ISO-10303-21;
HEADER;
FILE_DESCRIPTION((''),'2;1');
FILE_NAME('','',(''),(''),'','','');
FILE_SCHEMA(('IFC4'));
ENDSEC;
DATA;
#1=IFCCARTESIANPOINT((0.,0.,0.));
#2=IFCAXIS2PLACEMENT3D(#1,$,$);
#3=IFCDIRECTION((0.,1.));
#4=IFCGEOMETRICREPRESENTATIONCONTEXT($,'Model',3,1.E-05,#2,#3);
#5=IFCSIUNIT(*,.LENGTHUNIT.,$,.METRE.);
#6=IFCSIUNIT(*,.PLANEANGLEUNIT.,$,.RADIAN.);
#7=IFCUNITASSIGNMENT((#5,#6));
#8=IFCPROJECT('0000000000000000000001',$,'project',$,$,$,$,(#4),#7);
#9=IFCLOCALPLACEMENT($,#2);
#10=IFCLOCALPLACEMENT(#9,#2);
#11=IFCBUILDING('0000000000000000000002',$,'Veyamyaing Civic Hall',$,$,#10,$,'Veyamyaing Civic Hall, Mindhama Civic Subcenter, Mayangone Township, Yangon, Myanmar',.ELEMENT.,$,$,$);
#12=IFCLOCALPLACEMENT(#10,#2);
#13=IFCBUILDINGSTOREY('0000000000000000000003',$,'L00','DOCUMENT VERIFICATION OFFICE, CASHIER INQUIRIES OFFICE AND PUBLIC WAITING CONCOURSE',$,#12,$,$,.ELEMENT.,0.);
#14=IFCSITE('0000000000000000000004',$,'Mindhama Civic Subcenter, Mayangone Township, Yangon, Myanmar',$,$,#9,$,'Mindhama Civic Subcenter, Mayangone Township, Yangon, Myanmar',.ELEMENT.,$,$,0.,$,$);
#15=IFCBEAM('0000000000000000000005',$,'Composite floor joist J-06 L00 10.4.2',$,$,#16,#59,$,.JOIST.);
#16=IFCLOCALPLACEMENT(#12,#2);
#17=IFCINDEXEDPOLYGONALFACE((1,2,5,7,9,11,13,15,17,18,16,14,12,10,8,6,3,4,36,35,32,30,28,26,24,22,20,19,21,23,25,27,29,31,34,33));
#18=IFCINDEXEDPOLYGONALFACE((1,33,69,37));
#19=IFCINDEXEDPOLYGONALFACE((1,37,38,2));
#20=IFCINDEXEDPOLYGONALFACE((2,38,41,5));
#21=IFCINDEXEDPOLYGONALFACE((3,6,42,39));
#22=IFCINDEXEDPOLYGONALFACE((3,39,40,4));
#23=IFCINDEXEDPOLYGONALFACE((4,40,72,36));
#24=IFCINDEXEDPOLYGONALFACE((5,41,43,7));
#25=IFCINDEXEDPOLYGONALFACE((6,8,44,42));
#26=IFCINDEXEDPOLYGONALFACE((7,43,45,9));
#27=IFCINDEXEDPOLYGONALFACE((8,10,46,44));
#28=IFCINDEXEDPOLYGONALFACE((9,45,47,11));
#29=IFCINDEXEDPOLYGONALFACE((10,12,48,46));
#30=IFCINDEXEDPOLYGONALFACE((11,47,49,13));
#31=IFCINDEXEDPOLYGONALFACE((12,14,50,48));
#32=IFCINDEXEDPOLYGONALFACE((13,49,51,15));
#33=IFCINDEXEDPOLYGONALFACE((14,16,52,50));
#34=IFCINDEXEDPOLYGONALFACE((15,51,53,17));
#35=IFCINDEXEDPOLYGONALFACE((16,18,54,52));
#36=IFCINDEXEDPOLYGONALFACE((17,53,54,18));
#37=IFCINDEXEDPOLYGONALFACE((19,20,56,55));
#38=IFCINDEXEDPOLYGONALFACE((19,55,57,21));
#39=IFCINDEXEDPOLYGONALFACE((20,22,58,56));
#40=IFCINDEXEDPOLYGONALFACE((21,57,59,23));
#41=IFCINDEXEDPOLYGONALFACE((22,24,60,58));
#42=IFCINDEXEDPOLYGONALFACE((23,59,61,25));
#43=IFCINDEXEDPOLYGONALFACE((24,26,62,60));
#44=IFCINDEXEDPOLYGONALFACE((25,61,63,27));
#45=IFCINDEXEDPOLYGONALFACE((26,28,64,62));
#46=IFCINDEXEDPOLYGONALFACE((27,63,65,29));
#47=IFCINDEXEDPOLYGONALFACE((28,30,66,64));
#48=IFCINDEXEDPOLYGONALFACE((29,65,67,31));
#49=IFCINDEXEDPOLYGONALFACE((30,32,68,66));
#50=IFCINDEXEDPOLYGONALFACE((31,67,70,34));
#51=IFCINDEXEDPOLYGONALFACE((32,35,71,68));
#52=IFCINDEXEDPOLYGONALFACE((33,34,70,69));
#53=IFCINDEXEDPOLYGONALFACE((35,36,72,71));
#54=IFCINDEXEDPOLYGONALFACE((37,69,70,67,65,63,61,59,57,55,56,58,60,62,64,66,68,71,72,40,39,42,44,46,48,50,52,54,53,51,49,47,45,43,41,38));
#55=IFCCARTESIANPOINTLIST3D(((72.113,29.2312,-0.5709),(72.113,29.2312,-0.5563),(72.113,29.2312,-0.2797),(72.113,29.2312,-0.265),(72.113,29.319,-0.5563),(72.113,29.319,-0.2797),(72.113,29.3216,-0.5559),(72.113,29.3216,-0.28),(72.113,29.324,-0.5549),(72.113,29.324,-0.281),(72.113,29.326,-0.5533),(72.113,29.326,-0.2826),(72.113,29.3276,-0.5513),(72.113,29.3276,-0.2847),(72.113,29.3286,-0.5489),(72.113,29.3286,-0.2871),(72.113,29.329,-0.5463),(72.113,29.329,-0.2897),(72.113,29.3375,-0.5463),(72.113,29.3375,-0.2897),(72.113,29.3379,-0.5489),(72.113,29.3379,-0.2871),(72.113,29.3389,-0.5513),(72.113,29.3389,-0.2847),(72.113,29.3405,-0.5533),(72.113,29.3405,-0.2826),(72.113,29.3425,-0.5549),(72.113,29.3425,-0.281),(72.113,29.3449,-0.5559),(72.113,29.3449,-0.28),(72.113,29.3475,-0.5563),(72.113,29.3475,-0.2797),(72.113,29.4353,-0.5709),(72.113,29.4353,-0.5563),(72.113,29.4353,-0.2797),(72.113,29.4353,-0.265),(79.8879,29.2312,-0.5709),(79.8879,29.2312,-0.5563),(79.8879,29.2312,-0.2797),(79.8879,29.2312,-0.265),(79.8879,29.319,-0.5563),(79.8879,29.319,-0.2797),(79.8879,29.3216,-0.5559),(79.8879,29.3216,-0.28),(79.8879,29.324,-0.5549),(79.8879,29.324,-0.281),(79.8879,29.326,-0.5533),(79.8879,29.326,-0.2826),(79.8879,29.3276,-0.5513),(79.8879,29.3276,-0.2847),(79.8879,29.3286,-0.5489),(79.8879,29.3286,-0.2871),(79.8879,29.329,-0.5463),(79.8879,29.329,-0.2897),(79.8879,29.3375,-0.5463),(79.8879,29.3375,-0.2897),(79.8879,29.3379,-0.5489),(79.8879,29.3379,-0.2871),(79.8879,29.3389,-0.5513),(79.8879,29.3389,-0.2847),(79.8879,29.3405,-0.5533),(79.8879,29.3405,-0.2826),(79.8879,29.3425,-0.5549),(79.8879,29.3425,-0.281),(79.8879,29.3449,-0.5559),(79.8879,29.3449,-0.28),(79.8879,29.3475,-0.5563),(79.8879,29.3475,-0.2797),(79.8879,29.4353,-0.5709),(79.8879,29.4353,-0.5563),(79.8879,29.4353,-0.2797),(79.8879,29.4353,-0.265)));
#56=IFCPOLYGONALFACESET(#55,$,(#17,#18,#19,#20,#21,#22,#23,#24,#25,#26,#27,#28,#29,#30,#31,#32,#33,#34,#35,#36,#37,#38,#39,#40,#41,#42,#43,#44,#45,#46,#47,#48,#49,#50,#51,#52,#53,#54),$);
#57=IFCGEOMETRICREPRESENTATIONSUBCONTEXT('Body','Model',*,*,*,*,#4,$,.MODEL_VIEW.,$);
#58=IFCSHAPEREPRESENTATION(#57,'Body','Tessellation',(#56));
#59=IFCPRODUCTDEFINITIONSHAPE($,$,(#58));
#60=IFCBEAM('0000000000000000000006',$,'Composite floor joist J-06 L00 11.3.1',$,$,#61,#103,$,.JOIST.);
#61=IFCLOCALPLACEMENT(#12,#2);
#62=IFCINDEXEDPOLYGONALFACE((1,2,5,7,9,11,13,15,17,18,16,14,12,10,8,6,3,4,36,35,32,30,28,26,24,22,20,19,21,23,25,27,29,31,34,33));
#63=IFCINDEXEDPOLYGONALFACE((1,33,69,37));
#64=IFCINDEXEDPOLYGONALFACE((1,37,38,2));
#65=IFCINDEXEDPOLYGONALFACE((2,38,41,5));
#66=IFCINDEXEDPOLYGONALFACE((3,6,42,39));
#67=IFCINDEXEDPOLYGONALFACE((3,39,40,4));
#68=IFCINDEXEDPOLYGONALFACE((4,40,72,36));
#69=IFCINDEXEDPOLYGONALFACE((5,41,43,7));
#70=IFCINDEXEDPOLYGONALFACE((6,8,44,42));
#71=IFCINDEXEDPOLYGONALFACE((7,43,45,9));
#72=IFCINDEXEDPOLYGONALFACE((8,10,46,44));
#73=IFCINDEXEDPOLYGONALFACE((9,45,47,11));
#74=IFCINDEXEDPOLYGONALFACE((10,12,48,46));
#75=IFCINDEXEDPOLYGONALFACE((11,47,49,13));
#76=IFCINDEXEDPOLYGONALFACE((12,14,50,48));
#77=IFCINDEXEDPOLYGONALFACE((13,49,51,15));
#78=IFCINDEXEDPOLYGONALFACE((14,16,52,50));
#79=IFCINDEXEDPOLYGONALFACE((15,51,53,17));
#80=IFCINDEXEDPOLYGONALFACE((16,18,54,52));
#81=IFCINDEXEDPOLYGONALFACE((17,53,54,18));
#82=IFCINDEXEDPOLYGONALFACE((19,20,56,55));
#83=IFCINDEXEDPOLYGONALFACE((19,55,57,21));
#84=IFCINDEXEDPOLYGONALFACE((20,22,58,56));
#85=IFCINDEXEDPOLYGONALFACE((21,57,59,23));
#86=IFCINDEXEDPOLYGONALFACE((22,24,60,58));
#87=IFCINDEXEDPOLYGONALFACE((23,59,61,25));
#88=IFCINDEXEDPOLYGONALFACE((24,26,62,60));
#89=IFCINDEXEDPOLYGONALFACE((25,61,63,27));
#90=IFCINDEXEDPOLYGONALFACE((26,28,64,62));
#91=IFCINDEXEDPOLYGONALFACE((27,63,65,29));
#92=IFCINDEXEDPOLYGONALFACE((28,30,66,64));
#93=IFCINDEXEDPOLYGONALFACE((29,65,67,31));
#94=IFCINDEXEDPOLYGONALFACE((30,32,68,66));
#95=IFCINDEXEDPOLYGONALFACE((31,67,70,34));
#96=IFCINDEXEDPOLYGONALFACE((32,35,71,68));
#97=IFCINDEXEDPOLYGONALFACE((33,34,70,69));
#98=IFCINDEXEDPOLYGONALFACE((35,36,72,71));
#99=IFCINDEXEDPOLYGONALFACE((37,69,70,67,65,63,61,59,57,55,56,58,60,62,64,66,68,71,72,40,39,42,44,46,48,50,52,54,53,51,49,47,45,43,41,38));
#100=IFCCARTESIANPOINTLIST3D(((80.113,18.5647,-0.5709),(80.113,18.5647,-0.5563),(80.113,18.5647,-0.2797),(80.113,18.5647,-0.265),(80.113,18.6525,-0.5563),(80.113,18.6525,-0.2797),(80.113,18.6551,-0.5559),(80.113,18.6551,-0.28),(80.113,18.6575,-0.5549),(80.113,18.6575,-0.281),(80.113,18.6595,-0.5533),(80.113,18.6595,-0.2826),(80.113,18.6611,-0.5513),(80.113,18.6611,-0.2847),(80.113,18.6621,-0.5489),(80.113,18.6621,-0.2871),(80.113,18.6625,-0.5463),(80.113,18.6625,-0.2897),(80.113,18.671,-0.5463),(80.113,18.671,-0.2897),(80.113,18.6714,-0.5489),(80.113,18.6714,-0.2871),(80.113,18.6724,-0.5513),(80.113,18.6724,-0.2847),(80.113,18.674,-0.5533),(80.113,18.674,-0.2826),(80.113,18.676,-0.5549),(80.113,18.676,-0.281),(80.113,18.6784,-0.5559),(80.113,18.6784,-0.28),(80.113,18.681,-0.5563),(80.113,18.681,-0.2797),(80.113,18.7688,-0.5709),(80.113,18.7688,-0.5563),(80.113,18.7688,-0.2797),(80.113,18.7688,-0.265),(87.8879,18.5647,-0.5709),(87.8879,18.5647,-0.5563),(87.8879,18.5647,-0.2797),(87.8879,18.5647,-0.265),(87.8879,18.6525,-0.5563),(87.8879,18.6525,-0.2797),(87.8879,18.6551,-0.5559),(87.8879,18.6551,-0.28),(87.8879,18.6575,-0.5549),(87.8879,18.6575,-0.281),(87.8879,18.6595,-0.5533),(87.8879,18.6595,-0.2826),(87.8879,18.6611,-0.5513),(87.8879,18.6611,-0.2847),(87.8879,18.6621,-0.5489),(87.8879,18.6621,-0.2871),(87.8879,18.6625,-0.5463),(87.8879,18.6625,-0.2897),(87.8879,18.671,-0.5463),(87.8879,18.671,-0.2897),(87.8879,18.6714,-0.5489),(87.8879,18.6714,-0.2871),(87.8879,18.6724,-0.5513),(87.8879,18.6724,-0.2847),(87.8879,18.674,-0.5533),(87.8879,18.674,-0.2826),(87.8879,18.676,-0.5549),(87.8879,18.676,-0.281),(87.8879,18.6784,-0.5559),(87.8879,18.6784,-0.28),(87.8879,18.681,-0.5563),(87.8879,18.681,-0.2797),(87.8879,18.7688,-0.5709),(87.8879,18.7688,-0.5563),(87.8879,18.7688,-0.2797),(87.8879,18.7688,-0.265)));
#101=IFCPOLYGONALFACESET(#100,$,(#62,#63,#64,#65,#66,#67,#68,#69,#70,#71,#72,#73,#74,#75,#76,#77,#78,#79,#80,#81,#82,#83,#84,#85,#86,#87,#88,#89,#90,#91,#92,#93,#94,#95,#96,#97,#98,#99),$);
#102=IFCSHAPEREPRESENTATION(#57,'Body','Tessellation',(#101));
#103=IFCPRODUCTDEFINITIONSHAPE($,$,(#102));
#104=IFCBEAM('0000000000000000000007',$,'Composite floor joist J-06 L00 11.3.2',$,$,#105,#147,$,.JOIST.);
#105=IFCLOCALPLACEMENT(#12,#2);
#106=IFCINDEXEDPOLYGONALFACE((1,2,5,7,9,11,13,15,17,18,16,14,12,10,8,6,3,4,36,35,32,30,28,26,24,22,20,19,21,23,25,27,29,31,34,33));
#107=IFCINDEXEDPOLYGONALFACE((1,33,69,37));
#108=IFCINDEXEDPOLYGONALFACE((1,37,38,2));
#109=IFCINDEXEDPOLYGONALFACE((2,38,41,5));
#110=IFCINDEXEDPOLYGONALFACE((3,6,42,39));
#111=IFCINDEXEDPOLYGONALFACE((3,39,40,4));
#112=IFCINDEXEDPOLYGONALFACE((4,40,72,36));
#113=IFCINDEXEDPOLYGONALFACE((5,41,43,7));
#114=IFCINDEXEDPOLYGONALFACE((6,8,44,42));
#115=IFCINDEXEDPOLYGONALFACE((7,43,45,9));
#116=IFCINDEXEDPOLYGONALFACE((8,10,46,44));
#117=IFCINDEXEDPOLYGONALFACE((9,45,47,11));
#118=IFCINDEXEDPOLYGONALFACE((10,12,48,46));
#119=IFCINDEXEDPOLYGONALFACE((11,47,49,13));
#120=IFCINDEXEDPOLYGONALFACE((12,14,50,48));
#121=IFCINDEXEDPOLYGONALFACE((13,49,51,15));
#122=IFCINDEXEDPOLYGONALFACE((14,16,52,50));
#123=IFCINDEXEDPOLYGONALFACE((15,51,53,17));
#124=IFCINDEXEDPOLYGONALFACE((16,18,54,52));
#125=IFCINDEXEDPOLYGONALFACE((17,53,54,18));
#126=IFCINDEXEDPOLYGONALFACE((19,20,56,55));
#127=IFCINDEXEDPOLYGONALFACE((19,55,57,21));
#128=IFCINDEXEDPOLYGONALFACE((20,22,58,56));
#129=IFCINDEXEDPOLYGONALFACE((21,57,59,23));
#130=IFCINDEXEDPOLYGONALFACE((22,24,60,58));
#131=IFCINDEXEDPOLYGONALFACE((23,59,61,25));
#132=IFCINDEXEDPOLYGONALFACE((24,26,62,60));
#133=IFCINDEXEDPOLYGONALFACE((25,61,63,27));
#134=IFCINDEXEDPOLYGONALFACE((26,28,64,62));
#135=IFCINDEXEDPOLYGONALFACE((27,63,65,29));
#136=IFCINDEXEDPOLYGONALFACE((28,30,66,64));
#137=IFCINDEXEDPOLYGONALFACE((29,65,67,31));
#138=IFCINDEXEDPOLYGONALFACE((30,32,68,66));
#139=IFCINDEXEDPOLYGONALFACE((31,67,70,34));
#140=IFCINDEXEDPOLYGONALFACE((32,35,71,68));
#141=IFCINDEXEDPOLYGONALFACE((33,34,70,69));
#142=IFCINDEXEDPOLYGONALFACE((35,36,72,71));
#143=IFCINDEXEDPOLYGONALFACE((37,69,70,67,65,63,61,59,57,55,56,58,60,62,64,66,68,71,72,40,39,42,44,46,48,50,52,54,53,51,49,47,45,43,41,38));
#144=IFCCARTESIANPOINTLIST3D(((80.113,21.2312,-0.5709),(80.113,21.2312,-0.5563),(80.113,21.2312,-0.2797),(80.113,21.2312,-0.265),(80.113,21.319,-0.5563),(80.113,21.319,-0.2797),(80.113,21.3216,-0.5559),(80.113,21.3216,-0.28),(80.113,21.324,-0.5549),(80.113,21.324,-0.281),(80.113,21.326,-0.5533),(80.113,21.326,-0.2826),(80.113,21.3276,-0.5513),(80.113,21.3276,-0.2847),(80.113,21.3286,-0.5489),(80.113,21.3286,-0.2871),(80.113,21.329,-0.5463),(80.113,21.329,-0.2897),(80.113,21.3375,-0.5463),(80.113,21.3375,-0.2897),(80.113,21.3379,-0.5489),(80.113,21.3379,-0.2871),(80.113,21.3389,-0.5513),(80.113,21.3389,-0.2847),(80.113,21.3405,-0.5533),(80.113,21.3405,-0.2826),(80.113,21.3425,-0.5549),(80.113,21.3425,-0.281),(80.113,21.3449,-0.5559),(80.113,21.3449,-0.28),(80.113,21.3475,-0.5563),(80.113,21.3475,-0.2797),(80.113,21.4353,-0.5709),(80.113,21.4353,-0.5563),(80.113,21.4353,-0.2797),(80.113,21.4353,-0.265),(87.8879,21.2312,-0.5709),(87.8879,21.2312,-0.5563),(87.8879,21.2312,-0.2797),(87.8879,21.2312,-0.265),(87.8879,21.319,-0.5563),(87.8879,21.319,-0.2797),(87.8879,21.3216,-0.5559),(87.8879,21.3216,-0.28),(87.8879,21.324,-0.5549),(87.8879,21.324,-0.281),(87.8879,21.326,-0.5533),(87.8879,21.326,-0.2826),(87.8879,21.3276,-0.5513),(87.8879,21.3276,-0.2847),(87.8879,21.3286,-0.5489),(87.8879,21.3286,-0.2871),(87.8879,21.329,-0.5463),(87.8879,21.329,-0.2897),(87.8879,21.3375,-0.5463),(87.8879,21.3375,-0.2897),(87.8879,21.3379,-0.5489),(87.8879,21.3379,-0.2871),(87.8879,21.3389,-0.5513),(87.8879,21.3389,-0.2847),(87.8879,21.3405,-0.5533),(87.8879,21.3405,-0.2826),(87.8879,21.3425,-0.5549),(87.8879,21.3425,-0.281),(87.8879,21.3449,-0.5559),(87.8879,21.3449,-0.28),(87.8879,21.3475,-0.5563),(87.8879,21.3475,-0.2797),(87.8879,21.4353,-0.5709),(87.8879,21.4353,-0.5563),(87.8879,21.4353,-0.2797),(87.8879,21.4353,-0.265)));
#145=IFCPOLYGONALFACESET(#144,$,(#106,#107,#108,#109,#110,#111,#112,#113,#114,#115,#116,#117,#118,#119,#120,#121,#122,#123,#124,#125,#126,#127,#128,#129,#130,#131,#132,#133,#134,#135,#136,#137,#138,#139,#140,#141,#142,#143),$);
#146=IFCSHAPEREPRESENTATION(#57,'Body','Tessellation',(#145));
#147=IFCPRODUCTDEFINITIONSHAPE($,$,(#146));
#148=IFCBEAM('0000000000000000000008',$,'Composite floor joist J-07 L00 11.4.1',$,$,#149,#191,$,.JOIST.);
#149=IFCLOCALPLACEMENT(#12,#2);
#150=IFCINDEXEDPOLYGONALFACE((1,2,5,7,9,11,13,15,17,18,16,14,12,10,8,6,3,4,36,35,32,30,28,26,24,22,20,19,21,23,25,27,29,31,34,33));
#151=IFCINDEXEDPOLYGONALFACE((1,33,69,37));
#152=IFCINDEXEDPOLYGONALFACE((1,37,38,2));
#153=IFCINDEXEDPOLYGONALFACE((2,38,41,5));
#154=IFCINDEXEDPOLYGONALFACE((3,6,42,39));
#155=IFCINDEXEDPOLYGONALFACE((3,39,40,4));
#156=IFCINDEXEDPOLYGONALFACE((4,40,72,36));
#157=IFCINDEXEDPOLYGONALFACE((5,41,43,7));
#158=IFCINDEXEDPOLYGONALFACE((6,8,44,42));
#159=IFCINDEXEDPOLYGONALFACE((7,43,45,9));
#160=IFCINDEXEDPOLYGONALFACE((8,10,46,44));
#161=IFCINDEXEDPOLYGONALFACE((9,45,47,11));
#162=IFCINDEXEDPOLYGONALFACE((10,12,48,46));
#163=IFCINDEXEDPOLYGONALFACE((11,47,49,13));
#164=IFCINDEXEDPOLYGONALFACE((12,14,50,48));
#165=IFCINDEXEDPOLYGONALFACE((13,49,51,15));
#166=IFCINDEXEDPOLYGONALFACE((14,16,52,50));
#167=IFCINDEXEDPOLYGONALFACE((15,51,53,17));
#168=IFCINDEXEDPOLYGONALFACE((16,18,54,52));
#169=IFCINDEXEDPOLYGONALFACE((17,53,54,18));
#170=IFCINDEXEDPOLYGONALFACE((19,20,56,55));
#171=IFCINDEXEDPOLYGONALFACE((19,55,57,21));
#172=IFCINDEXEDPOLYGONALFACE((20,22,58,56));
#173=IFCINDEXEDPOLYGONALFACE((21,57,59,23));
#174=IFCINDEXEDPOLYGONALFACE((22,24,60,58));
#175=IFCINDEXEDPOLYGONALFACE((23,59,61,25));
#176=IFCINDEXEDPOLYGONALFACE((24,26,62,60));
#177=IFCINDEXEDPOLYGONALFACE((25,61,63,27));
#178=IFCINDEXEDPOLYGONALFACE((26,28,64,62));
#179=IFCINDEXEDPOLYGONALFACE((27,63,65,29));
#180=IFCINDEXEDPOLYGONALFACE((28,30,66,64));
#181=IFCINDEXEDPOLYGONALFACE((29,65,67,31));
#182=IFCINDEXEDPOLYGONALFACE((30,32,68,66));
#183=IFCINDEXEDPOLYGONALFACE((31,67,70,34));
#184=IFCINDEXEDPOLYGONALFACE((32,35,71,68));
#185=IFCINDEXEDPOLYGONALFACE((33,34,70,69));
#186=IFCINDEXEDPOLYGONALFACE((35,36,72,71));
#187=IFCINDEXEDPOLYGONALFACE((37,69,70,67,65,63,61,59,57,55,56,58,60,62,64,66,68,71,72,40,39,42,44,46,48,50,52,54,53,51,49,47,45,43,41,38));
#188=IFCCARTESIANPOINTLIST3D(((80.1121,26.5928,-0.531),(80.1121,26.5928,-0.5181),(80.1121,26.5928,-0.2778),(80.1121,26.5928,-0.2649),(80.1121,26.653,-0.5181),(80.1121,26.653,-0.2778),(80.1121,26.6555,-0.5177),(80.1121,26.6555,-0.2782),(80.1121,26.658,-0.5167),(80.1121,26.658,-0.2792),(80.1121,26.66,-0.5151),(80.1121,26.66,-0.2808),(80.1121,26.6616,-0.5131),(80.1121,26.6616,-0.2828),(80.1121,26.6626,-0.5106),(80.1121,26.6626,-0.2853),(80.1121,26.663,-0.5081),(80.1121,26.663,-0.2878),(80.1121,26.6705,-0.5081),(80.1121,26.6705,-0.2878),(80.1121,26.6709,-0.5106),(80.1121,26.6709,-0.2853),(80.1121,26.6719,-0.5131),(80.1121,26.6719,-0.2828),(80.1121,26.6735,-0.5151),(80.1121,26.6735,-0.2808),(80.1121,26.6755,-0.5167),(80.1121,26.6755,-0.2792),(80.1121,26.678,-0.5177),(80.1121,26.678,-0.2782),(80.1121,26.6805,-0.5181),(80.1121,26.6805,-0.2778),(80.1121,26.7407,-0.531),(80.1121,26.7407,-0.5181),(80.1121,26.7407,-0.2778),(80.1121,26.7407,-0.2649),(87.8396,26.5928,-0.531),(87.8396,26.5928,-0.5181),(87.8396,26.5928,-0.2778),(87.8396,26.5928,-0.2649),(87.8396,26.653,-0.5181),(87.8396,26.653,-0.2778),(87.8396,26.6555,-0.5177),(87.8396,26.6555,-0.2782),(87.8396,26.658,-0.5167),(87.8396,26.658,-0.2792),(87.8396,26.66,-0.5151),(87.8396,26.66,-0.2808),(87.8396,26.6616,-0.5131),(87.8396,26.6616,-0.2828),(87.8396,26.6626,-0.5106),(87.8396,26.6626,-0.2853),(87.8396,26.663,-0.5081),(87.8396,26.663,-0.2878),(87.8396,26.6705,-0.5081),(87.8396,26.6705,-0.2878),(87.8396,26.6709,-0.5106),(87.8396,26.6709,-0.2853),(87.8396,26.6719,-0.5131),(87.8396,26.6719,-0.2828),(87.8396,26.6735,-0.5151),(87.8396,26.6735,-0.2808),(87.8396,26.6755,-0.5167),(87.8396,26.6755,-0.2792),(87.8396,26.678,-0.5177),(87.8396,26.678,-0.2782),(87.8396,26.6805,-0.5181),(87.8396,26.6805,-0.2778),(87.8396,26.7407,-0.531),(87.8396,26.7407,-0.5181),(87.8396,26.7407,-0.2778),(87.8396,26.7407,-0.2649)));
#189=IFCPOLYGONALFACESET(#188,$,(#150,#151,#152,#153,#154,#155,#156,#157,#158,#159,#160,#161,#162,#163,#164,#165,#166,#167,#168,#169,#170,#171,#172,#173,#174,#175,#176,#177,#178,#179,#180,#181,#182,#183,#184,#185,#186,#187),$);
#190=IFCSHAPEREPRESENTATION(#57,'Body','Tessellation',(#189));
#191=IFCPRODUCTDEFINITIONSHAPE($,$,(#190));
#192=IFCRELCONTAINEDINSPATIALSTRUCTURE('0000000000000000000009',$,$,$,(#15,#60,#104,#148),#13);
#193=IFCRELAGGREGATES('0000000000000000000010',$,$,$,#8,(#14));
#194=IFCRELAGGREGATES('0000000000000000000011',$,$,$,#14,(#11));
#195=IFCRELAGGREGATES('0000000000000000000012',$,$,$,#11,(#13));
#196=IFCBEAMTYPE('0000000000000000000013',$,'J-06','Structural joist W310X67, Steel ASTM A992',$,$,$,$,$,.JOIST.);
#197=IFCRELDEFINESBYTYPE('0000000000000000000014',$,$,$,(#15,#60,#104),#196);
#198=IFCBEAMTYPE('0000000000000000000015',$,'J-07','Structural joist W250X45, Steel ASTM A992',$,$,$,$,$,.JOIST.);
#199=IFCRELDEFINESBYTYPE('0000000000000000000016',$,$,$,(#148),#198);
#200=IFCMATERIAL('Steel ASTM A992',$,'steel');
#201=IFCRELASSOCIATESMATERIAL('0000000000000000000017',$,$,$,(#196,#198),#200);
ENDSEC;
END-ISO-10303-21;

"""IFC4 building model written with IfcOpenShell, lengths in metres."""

from ifc_helpers import new_model, si_unit, direction, frame, origin, origin_2d, place, context, subcontext, project, spatial, i_section, extrude, material, material_profile, profile_set, type_object, element, save


model = new_model("IFC4")

# Units and contexts
model_context = context("Model", 3, precision=1e-05, world=origin(), true_north=direction((0.0, 1.0)))
body_context = subcontext(model_context, "Body", "Model", "MODEL_VIEW")
ifc_project = project(units=[si_unit("LENGTHUNIT", "METRE"), si_unit("PLANEANGLEUNIT", "RADIAN")], contexts=[model_context])

# Site, building, storey
site_placement = place(None, origin())
site = spatial("IfcSite", under=ifc_project, at=site_placement, Name="Mindhama Civic Subcenter, Mayangone Township, Yangon, Myanmar", LongName="Mindhama Civic Subcenter, Mayangone Township, Yangon, Myanmar", CompositionType="ELEMENT", RefElevation=0.0)
building_placement = place(site_placement, origin())
building = spatial("IfcBuilding", under=site, at=building_placement, Name="Veyamyaing Civic Hall", LongName="Veyamyaing Civic Hall, Mindhama Civic Subcenter, Mayangone Township, Yangon, Myanmar", CompositionType="ELEMENT")
storey_placement = place(building_placement, origin())
storey = spatial("IfcBuildingStorey", under=building, at=storey_placement, Name="L00", Description="DOCUMENT VERIFICATION OFFICE, CASHIER INQUIRIES OFFICE AND PUBLIC WAITING CONCOURSE", CompositionType="ELEMENT", Elevation=0.0)

# Beams
ifc_material_1 = material(Name="Steel ASTM A992", Category="steel")
ifc_material_profile_1 = material_profile(ifc_material_1, i_section(OverallWidth=0.2041, OverallDepth=0.3059, WebThickness=0.0085, FlangeThickness=0.0146, FilletRadius=0.01, at=origin_2d()), Name="W310X67")
ifc_profile_set_1 = profile_set([ifc_material_profile_1], Name="Steel ASTM A992")
beam_type_1 = type_object("IfcBeamType", Name="J-06", Description="Structural joist W310X67, Steel ASTM A992", PredefinedType="JOIST", material=ifc_profile_set_1)
for number, where, z_axis, x_axis, name in (
    (1, (72.113, 29.3333, -0.418), (1.0, 0.0, 0.0), (0.0, 1.0, 0.0), "Composite floor joist J-06 L00 10.4.2"),
    (2, (80.113, 18.6667, -0.418), (1.0, 0.0, 0.0), (0.0, 1.0, 0.0), "Composite floor joist J-06 L00 11.3.1"),
    (3, (80.113, 21.3333, -0.418), (1.0, 0.0, 0.0), (0.0, 1.0, 0.0), "Composite floor joist J-06 L00 11.3.2"),
):
    element("IfcBeam", number, at=place(storey_placement, frame(where, z_axis=z_axis, x_axis=x_axis)), inside=storey, type_object=beam_type_1, Name=name, PredefinedType="JOIST", context=body_context, shape_type="SweptSolid", body=[
        extrude(i_section(OverallWidth=0.2041, OverallDepth=0.3059, WebThickness=0.0085, FlangeThickness=0.0146, FilletRadius=0.01, at=origin_2d()), origin(), (0.0, 0.0, 1.0), 7.7749),
    ])
ifc_material_profile_2 = material_profile(ifc_material_1, i_section(OverallWidth=0.1479, OverallDepth=0.2661, WebThickness=0.0076, FlangeThickness=0.0129, FilletRadius=0.01, at=origin_2d()), Name="W250X45")
ifc_profile_set_2 = profile_set([ifc_material_profile_2], Name="Steel ASTM A992")
beam_type_2 = type_object("IfcBeamType", Name="J-07", Description="Structural joist W250X45, Steel ASTM A992", PredefinedType="JOIST", material=ifc_profile_set_2)
for number, where, z_axis, x_axis, name in (
    (4, (80.1121, 26.6667, -0.3979), (1.0, 0.0, 0.0), (0.0, 1.0, 0.0), "Composite floor joist J-07 L00 11.4.1"),
):
    element("IfcBeam", number, at=place(storey_placement, frame(where, z_axis=z_axis, x_axis=x_axis)), inside=storey, type_object=beam_type_2, Name=name, PredefinedType="JOIST", context=body_context, shape_type="SweptSolid", body=[
        extrude(i_section(OverallWidth=0.1479, OverallDepth=0.2661, WebThickness=0.0076, FlangeThickness=0.0129, FilletRadius=0.01, at=origin_2d()), origin(), (0.0, 0.0, 1.0), 7.7275),
    ])

save(model, "model.ifc")
